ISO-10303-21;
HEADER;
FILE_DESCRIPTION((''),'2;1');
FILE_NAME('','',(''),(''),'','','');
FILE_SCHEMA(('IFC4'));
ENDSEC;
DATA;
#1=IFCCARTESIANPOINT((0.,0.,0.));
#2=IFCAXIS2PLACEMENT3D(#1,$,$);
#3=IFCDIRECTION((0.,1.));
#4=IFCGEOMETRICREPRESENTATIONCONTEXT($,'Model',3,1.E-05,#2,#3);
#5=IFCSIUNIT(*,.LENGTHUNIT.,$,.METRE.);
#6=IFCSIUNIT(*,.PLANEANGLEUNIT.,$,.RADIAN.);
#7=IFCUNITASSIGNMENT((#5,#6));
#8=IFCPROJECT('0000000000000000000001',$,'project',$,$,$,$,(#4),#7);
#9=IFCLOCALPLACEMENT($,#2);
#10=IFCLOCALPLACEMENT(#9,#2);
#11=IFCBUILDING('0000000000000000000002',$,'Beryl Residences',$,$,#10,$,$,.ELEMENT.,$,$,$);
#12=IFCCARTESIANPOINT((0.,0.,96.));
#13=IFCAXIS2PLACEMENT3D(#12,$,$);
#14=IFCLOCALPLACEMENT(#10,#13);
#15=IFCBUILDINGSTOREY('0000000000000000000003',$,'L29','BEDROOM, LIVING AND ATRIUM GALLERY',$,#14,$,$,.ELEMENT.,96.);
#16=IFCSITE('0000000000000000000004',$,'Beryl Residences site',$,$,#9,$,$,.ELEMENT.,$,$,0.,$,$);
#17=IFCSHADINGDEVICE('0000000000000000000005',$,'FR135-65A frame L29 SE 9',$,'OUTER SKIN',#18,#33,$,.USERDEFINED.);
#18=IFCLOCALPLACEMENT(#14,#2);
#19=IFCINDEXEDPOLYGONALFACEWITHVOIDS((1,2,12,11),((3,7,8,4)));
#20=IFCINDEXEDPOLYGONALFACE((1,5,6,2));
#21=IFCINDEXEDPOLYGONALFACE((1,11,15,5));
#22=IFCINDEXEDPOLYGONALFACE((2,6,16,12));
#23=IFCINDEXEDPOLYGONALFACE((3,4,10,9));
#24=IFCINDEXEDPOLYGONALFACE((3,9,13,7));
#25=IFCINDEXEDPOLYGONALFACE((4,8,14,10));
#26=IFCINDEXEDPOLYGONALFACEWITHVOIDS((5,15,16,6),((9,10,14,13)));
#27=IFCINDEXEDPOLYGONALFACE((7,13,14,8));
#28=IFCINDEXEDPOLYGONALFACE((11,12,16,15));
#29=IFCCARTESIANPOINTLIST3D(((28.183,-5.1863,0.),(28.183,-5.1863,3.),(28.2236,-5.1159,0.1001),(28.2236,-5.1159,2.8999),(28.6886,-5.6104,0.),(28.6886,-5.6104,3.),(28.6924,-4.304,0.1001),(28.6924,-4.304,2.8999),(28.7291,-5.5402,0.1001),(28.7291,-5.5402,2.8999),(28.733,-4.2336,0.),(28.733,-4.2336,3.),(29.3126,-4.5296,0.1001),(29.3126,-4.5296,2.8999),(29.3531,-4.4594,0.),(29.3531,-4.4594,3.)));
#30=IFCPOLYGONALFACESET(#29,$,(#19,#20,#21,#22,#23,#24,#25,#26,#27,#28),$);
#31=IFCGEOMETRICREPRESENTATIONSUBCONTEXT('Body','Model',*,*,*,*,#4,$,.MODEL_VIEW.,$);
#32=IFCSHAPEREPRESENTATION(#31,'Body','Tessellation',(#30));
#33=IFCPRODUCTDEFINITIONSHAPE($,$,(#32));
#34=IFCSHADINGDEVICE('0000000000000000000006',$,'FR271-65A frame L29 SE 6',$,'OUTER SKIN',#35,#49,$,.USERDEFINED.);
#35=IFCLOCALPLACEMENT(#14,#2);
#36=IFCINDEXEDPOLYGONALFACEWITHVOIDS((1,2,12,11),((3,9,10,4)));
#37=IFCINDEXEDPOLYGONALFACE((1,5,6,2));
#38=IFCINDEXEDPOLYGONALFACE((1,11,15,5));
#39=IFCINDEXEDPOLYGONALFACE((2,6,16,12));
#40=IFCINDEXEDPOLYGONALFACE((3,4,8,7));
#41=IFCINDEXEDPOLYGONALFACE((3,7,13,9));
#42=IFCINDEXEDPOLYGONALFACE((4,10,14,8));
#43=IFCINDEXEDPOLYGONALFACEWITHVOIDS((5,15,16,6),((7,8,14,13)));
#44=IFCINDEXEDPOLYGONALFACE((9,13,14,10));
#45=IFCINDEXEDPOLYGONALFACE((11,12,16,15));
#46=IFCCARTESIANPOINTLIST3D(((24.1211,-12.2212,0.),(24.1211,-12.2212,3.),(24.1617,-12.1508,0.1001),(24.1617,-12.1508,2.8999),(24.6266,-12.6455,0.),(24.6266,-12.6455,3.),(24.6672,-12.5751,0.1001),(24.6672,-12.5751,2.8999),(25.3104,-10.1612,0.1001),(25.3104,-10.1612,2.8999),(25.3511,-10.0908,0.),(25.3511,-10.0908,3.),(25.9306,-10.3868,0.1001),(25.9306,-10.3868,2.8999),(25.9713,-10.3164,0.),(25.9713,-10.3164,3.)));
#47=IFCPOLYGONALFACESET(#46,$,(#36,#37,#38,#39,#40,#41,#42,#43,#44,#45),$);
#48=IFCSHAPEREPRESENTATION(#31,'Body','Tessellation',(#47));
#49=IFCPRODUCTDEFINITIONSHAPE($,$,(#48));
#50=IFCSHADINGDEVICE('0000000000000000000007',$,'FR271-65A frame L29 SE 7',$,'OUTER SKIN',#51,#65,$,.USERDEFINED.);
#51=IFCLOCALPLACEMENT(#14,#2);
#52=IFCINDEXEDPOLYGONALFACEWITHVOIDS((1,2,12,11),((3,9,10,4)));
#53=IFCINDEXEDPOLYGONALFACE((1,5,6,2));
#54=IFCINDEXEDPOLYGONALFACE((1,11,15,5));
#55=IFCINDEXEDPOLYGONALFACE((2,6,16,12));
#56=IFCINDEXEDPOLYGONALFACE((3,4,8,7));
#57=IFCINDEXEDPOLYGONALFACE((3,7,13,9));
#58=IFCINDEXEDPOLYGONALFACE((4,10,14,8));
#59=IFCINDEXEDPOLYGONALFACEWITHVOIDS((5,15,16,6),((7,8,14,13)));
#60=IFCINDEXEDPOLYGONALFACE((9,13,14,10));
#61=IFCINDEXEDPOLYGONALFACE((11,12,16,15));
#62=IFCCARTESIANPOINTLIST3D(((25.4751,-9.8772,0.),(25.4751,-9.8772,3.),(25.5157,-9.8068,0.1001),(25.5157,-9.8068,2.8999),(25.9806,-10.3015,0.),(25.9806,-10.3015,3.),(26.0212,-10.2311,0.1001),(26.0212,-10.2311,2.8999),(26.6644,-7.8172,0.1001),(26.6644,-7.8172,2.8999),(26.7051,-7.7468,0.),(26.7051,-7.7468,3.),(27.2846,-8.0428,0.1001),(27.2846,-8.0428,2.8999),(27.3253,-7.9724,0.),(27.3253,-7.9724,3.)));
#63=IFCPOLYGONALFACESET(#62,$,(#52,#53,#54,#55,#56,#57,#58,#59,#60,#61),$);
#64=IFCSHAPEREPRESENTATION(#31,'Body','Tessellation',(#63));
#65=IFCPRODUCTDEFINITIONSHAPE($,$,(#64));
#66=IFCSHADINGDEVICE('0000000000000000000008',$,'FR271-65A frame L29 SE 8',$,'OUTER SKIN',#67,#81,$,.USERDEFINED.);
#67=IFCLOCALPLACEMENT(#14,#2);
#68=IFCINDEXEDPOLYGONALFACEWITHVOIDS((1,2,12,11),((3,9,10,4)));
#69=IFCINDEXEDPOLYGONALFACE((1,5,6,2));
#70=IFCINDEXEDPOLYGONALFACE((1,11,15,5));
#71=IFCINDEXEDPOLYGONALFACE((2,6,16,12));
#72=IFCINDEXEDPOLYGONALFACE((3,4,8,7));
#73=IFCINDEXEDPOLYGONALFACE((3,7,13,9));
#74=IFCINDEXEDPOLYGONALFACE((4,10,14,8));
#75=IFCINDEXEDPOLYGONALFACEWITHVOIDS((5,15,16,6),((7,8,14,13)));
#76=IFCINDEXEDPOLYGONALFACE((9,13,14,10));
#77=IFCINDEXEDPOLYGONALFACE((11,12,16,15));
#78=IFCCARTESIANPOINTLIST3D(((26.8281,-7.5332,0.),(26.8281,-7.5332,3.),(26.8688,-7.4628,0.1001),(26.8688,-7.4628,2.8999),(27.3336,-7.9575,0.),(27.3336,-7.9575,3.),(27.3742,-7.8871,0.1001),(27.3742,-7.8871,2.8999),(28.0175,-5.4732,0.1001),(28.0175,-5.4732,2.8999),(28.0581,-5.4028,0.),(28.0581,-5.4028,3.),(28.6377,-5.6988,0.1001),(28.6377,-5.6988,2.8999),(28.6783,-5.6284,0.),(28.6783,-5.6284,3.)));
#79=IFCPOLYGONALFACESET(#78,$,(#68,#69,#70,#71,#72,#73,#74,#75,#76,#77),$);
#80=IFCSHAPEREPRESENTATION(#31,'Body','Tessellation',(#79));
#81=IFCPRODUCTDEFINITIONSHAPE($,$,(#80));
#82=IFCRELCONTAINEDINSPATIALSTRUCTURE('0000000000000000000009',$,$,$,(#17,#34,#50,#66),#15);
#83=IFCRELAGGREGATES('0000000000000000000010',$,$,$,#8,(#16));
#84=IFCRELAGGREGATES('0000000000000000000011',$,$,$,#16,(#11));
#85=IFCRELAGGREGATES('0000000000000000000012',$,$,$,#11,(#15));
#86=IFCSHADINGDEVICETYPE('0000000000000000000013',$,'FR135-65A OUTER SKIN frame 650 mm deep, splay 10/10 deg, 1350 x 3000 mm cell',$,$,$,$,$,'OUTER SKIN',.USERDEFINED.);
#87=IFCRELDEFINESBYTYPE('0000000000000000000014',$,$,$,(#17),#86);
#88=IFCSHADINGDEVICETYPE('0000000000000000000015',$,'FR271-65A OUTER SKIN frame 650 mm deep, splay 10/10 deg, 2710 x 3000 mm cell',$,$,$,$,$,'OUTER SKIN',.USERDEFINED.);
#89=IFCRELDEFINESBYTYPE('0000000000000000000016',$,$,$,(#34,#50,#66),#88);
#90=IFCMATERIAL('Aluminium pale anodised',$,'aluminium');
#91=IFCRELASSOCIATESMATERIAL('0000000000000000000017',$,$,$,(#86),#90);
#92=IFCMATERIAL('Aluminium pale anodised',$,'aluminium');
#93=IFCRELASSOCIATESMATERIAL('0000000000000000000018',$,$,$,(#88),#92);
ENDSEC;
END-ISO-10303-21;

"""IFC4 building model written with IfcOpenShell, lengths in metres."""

from ifc_helpers import new_model, entity, si_unit, direction, frame, origin, place, context, subcontext, project, spatial, source, transform, mapped, material, type_object, type_shapes, element, save


model = new_model("IFC4")

# Units and contexts
model_context = context("Model", 3, precision=1e-05, world=origin(), true_north=direction((0.0, 1.0)))
body_context = subcontext(model_context, "Body", "Model", "MODEL_VIEW")
ifc_project = project(units=[si_unit("LENGTHUNIT", "METRE"), si_unit("PLANEANGLEUNIT", "RADIAN")], contexts=[model_context])

# Site, building, storey
site_placement = place(None, origin())
site = spatial("IfcSite", under=ifc_project, at=site_placement, Name="Beryl Residences site", CompositionType="ELEMENT", RefElevation=0.0)
building_placement = place(site_placement, origin())
building = spatial("IfcBuilding", under=site, at=building_placement, Name="Beryl Residences", CompositionType="ELEMENT")
storey_placement = place(building_placement, frame((0.0, 0.0, 96.0)))
storey = spatial("IfcBuildingStorey", under=building, at=storey_placement, Name="L29", Description="BEDROOM, LIVING AND ATRIUM GALLERY", CompositionType="ELEMENT", Elevation=96.0)

# Shading devices
ifc_material_1 = material(Name="Aluminium pale anodised", Category="aluminium")
shading_device_type_1 = type_object("IfcShadingDeviceType", Name="FR135-65A OUTER SKIN frame 650 mm deep, splay 10/10 deg, 1350 x 3000 mm cell", ElementType="OUTER SKIN", PredefinedType="USERDEFINED", material=ifc_material_1)
cartesian_point_1 = entity("IfcCartesianPoint", [-0.55, 0.0])
cartesian_point_2 = entity("IfcCartesianPoint", [-0.4688, 0.1001])
cartesian_point_3 = entity("IfcCartesianPoint", [-0.6646, 0.0])
cartesian_point_4 = entity("IfcCartesianPoint", [-0.5835, 0.1001])
shared_shape_1 = source(origin(), body_context, "Body", "SweptSolid", [
    entity("IfcExtrudedAreaSolidTapered", entity("IfcArbitraryProfileDefWithVoids", "AREA", None, entity("IfcPolyline", [cartesian_point_1, entity("IfcCartesianPoint", [0.55, 0.0]), entity("IfcCartesianPoint", [0.55, 3.0]), entity("IfcCartesianPoint", [-0.55, 3.0]), cartesian_point_1]), [entity("IfcPolyline", [cartesian_point_2, entity("IfcCartesianPoint", [0.4688, 0.1001]), entity("IfcCartesianPoint", [0.4688, 2.8999]), entity("IfcCartesianPoint", [-0.4688, 2.8999]), cartesian_point_2])]), entity("IfcAxis2Placement3D", entity("IfcCartesianPoint", [0.0, 0.0, 0.0]), entity("IfcDirection", [0.0, 1.0, 0.0]), entity("IfcDirection", [-1.0, 0.0, 0.0])), entity("IfcDirection", [0.0, 0.0, 1.0]), 0.6499, entity("IfcArbitraryProfileDefWithVoids", "AREA", None, entity("IfcPolyline", [cartesian_point_3, entity("IfcCartesianPoint", [0.6646, 0.0]), entity("IfcCartesianPoint", [0.6646, 3.0]), entity("IfcCartesianPoint", [-0.6646, 3.0]), cartesian_point_3]), [entity("IfcPolyline", [cartesian_point_4, entity("IfcCartesianPoint", [0.5835, 0.1001]), entity("IfcCartesianPoint", [0.5835, 2.8999]), entity("IfcCartesianPoint", [-0.5835, 2.8999]), cartesian_point_4])])),
])
type_shapes(shading_device_type_1, [shared_shape_1])
shading_device_placement = place(storey_placement, frame((28.458, -4.71, 0.0), z_axis=(0.0, 0.0, 1.0), x_axis=(-0.5, -0.866025, 0.0)))
element("IfcShadingDevice", 1, at=shading_device_placement, inside=storey, type_object=shading_device_type_1, Name="FR135-65A frame L29 SE 9", ObjectType="OUTER SKIN", PredefinedType="USERDEFINED", context=body_context, shape_type="MappedRepresentation", body=[
    mapped(shared_shape_1, transform((0.0, 0.0, 0.0))),
])
ifc_material_2 = material(Name="Aluminium pale anodised", Category="aluminium")
shading_device_type_2 = type_object("IfcShadingDeviceType", Name="FR271-65A OUTER SKIN frame 650 mm deep, splay 10/10 deg, 2710 x 3000 mm cell", ElementType="OUTER SKIN", PredefinedType="USERDEFINED", material=ifc_material_2)
cartesian_point_5 = entity("IfcCartesianPoint", [-1.23, 0.0])
cartesian_point_6 = entity("IfcCartesianPoint", [-1.1487, 0.1001])
cartesian_point_7 = entity("IfcCartesianPoint", [-1.3447, 0.0])
cartesian_point_8 = entity("IfcCartesianPoint", [-1.2634, 0.1001])
shared_shape_2 = source(origin(), body_context, "Body", "SweptSolid", [
    entity("IfcExtrudedAreaSolidTapered", entity("IfcArbitraryProfileDefWithVoids", "AREA", None, entity("IfcPolyline", [cartesian_point_5, entity("IfcCartesianPoint", [1.23, 0.0]), entity("IfcCartesianPoint", [1.23, 3.0]), entity("IfcCartesianPoint", [-1.23, 3.0]), cartesian_point_5]), [entity("IfcPolyline", [cartesian_point_6, entity("IfcCartesianPoint", [1.1487, 0.1001]), entity("IfcCartesianPoint", [1.1487, 2.8999]), entity("IfcCartesianPoint", [-1.1487, 2.8999]), cartesian_point_6])]), entity("IfcAxis2Placement3D", entity("IfcCartesianPoint", [0.0, 0.0, 0.0]), entity("IfcDirection", [0.0, 1.0, 0.0]), entity("IfcDirection", [-1.0, 0.0, 0.0])), entity("IfcDirection", [0.0, 0.0, 1.0]), 0.6499, entity("IfcArbitraryProfileDefWithVoids", "AREA", None, entity("IfcPolyline", [cartesian_point_7, entity("IfcCartesianPoint", [1.3447, 0.0]), entity("IfcCartesianPoint", [1.3447, 3.0]), entity("IfcCartesianPoint", [-1.3447, 3.0]), cartesian_point_7]), [entity("IfcPolyline", [cartesian_point_8, entity("IfcCartesianPoint", [1.2634, 0.1001]), entity("IfcCartesianPoint", [1.2634, 2.8999]), entity("IfcCartesianPoint", [-1.2634, 2.8999]), cartesian_point_8])])),
])
type_shapes(shading_device_type_2, [shared_shape_2])
for number, where, z_axis, x_axis, name in (
    (2, (24.7361, -11.156, 0.0), (0.0, 0.0, 1.0), (-0.5, -0.866025, 0.0), "FR271-65A frame L29 SE 6"),
    (3, (26.0901, -8.812, 0.0), (0.0, 0.0, 1.0), (-0.5, -0.866025, 0.0), "FR271-65A frame L29 SE 7"),
    (4, (27.4431, -6.468, 0.0), (0.0, 0.0, 1.0), (-0.5, -0.866025, 0.0), "FR271-65A frame L29 SE 8"),
):
    element("IfcShadingDevice", number, at=place(storey_placement, frame(where, z_axis=z_axis, x_axis=x_axis)), inside=storey, type_object=shading_device_type_2, Name=name, ObjectType="OUTER SKIN", PredefinedType="USERDEFINED", context=body_context, shape_type="MappedRepresentation", body=[
        mapped(shared_shape_2, transform((0.0, 0.0, 0.0))),
    ])

save(model, "model.ifc")
